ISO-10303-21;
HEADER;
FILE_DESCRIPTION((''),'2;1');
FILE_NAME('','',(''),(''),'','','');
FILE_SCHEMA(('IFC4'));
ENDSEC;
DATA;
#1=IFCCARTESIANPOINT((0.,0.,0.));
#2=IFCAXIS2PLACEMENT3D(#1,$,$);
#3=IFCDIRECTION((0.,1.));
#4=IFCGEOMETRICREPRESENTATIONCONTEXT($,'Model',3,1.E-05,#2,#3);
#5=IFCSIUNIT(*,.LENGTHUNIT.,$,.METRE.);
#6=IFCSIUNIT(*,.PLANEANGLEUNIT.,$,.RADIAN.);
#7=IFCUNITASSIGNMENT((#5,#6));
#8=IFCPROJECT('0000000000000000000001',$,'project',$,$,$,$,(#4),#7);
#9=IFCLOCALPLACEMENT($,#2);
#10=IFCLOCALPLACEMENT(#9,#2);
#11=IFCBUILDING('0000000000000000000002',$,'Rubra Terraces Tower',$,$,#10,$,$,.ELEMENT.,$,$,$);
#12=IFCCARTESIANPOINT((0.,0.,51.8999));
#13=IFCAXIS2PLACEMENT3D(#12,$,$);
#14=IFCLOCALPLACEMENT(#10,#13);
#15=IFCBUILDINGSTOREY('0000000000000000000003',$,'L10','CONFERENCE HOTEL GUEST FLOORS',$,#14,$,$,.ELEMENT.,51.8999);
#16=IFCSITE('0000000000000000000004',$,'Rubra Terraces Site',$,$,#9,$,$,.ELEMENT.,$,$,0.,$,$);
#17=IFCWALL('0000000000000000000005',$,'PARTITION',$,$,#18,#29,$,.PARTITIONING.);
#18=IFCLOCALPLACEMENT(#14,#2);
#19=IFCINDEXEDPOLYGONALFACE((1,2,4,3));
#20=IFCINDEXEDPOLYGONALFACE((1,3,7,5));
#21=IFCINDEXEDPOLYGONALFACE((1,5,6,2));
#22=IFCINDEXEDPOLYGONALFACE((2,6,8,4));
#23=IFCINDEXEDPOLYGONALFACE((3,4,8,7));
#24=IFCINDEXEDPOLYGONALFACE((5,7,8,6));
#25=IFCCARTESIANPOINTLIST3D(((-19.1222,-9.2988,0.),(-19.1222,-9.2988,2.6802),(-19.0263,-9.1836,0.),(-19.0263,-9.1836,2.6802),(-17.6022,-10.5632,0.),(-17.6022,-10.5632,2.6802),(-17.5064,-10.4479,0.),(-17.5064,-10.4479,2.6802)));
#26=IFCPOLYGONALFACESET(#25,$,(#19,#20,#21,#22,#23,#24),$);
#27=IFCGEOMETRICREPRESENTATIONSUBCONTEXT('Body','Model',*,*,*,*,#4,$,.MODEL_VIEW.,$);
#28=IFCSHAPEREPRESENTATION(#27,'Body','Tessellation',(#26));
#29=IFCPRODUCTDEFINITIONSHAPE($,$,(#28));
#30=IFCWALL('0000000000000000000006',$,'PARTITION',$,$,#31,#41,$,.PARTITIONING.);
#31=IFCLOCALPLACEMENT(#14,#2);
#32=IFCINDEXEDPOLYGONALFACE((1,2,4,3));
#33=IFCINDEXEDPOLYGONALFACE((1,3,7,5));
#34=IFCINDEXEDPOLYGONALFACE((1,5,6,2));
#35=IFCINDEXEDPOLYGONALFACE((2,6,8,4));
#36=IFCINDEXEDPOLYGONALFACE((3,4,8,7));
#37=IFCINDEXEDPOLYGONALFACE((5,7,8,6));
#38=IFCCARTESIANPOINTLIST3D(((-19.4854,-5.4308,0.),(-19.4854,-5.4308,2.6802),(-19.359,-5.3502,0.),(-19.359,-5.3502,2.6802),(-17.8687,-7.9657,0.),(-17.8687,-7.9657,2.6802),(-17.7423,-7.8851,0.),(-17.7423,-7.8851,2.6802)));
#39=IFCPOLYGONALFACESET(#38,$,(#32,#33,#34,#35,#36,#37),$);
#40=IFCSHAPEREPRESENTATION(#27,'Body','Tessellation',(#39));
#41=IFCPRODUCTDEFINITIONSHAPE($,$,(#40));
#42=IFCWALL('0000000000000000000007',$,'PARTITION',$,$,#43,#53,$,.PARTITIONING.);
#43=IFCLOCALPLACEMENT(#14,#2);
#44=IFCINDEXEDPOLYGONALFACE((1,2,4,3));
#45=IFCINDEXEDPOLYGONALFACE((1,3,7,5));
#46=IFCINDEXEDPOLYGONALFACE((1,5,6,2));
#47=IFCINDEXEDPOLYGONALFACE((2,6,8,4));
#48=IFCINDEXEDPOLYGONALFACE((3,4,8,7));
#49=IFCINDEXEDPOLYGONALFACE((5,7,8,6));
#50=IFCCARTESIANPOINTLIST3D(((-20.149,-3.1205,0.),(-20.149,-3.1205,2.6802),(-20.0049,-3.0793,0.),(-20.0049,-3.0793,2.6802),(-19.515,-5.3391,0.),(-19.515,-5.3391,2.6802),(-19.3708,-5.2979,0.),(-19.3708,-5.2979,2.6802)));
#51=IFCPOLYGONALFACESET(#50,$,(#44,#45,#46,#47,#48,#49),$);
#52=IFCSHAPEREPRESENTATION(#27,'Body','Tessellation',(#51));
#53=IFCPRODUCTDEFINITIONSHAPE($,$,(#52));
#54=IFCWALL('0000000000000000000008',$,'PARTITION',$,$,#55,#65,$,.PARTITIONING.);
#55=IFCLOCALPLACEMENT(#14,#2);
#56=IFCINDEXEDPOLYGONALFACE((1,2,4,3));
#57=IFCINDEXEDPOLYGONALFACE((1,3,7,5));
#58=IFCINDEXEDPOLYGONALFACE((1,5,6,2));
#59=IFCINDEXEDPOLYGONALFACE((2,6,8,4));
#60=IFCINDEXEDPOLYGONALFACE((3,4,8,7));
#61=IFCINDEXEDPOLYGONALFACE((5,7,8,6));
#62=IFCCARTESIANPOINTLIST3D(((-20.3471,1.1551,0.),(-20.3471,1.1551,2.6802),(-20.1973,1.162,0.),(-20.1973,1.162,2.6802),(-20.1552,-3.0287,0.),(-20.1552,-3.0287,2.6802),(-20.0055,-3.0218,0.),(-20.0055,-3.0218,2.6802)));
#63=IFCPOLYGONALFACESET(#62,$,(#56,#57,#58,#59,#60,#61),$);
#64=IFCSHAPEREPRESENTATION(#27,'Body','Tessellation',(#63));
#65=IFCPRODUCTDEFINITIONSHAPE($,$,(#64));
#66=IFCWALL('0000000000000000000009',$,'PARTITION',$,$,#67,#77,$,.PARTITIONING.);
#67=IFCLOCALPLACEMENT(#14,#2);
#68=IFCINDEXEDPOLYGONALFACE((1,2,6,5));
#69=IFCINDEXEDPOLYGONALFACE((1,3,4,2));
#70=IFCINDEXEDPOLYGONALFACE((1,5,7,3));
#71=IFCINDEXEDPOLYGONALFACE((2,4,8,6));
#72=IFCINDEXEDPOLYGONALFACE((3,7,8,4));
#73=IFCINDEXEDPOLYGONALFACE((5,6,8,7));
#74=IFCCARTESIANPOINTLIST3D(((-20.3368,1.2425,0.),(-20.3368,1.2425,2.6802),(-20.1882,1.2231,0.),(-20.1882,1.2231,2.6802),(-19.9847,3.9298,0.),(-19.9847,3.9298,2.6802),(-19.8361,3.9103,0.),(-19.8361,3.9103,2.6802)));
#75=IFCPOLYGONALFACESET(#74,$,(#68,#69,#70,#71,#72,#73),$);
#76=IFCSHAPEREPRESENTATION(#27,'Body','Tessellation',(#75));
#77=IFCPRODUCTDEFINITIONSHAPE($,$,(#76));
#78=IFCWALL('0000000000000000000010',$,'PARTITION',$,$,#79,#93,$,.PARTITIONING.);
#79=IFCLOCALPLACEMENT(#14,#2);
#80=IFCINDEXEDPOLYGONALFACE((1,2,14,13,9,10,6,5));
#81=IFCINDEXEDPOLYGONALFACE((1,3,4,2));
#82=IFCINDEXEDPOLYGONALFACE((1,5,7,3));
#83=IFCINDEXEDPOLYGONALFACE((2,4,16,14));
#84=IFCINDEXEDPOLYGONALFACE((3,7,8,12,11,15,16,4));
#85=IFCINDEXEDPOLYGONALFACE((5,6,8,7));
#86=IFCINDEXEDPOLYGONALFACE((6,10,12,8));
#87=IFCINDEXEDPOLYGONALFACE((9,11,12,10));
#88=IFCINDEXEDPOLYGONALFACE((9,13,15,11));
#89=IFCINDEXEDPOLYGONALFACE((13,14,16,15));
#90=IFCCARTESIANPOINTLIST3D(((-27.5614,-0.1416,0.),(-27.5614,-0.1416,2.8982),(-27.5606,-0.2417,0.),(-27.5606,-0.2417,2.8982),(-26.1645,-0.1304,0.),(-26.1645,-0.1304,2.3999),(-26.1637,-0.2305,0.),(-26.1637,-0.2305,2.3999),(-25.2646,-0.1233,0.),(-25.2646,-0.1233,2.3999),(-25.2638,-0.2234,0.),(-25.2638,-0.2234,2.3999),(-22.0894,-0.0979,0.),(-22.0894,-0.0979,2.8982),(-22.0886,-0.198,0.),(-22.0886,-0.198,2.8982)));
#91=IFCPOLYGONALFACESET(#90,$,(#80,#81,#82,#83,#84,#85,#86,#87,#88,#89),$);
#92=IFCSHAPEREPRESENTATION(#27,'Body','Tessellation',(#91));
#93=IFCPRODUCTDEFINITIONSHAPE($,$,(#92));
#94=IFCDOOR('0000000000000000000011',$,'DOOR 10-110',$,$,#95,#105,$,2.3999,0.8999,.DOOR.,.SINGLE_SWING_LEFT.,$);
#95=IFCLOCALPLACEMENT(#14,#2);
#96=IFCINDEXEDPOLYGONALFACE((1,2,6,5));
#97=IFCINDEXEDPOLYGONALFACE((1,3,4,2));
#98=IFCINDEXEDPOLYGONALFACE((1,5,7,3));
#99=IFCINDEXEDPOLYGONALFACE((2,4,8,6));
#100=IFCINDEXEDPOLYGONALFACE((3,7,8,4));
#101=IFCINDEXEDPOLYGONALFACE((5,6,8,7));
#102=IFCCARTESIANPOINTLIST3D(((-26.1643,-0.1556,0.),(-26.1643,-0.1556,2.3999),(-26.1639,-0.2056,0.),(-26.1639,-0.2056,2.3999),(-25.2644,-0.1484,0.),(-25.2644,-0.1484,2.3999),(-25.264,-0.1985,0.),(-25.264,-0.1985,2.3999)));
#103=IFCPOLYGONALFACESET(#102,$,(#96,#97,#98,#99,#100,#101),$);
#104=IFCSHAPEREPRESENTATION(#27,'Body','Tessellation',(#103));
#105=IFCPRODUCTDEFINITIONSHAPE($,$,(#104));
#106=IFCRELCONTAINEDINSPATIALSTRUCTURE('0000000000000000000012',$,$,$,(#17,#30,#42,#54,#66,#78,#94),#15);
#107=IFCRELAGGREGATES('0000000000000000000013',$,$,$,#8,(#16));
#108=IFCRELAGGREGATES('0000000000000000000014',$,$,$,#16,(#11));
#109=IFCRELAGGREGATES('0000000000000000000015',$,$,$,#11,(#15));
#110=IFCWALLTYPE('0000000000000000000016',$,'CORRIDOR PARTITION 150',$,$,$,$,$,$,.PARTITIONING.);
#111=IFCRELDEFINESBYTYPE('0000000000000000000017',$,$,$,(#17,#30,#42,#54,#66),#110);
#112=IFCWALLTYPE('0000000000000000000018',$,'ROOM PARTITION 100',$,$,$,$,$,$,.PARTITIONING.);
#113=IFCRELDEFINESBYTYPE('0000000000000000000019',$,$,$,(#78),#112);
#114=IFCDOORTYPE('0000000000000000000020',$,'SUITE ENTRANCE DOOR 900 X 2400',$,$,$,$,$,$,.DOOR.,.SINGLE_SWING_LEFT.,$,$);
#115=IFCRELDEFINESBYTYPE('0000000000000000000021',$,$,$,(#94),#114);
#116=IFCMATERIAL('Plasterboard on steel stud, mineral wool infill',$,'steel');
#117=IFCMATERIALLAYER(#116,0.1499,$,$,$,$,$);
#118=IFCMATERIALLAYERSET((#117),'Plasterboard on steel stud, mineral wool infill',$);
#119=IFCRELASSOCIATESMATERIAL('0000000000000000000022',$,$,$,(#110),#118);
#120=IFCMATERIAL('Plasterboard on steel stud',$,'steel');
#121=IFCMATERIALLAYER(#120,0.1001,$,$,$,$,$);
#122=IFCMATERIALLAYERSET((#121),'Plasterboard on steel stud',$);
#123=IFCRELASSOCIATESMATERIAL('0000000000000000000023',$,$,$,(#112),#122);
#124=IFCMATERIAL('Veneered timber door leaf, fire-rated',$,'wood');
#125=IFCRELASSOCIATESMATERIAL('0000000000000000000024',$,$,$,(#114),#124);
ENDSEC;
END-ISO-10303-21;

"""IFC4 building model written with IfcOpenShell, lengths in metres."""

from ifc_helpers import new_model, si_unit, direction, frame, frame_2d, origin, place, context, subcontext, project, spatial, rectangle, extrude, material, layer, layer_set, type_object, element, fill, save


model = new_model("IFC4")

# Units and contexts
model_context = context("Model", 3, precision=1e-05, world=origin(), true_north=direction((0.0, 1.0)))
body_context = subcontext(model_context, "Body", "Model", "MODEL_VIEW")
ifc_project = project(units=[si_unit("LENGTHUNIT", "METRE"), si_unit("PLANEANGLEUNIT", "RADIAN")], contexts=[model_context])

# Site, building, storey
site_placement = place(None, origin())
site = spatial("IfcSite", under=ifc_project, at=site_placement, Name="Rubra Terraces Site", CompositionType="ELEMENT", RefElevation=0.0)
building_placement = place(site_placement, origin())
building = spatial("IfcBuilding", under=site, at=building_placement, Name="Rubra Terraces Tower", CompositionType="ELEMENT")
storey_placement = place(building_placement, frame((0.0, 0.0, 51.8999)))
storey = spatial("IfcBuildingStorey", under=building, at=storey_placement, Name="L10", Description="CONFERENCE HOTEL GUEST FLOORS", CompositionType="ELEMENT", Elevation=51.8999)

# Shared definitions
ifc_material_1 = material(Name="Plasterboard on steel stud, mineral wool infill", Category="steel")
ifc_layer_1 = layer(ifc_material_1, 0.1499)
ifc_layer_set_1 = layer_set([ifc_layer_1], Name="Plasterboard on steel stud, mineral wool infill")
wall_type_1 = type_object("IfcWallType", Name="CORRIDOR PARTITION 150", PredefinedType="PARTITIONING", material=ifc_layer_set_1)

# Walls
wall_1_placement = place(storey_placement, frame((-19.0742, -9.2412, 0.0), z_axis=(0.0, 0.0, 1.0), x_axis=(0.768788, -0.639504, 0.0)))
element("IfcWall", 1, at=wall_1_placement, inside=storey, type_object=wall_type_1, Name="PARTITION", PredefinedType="PARTITIONING", context=body_context, shape_type="SweptSolid", body=[
    extrude(rectangle(XDim=1.9771, YDim=0.1499, at=frame_2d((0.9885, 0.0))), origin(), (0.0, 0.0, 1.0), 2.6802),
])
wall_2_placement = place(storey_placement, frame((-17.8054, -7.9255, 0.0), z_axis=(0.0, 0.0, 1.0), x_axis=(-0.537721, 0.843123, 0.0)))
element("IfcWall", 2, at=wall_2_placement, inside=storey, type_object=wall_type_1, Name="PARTITION", PredefinedType="PARTITIONING", context=body_context, shape_type="SweptSolid", body=[
    extrude(rectangle(XDim=3.0066, YDim=0.1499, at=frame_2d((1.5034, 0.0))), origin(), (0.0, 0.0, 1.0), 2.6802),
])
wall_3_placement = place(storey_placement, frame((-19.4429, -5.3186, 0.0), z_axis=(0.0, 0.0, 1.0), x_axis=(-0.274791, 0.961504, 0.0)))
element("IfcWall", 3, at=wall_3_placement, inside=storey, type_object=wall_type_1, Name="PARTITION", PredefinedType="PARTITIONING", context=body_context, shape_type="SweptSolid", body=[
    extrude(rectangle(XDim=2.3074, YDim=0.1499, at=frame_2d((1.1538, 0.0))), origin(), (0.0, 0.0, 1.0), 2.6802),
])
wall_4_placement = place(storey_placement, frame((-20.0803, -3.0254, 0.0), z_axis=(0.0, 0.0, 1.0), x_axis=(-0.045818, 0.99895, 0.0)))
element("IfcWall", 4, at=wall_4_placement, inside=storey, type_object=wall_type_1, Name="PARTITION", PredefinedType="PARTITIONING", context=body_context, shape_type="SweptSolid", body=[
    extrude(rectangle(XDim=4.1882, YDim=0.1499, at=frame_2d((2.0942, 0.0))), origin(), (0.0, 0.0, 1.0), 2.6802),
])
wall_5_placement = place(storey_placement, frame((-20.2625, 1.2329, 0.0), z_axis=(0.0, 0.0, 1.0), x_axis=(0.129898, 0.991527, 0.0)))
element("IfcWall", 5, at=wall_5_placement, inside=storey, type_object=wall_type_1, Name="PARTITION", PredefinedType="PARTITIONING", context=body_context, shape_type="SweptSolid", body=[
    extrude(rectangle(XDim=2.7102, YDim=0.1499, at=frame_2d((1.355, 0.0))), origin(), (0.0, 0.0, 1.0), 2.6802),
])

# Wall, opening, door
ifc_material_2 = material(Name="Plasterboard on steel stud", Category="steel")
ifc_layer_2 = layer(ifc_material_2, 0.1001)
ifc_layer_set_2 = layer_set([ifc_layer_2], Name="Plasterboard on steel stud")
wall_type_2 = type_object("IfcWallType", Name="ROOM PARTITION 100", PredefinedType="PARTITIONING", material=ifc_layer_set_2)
wall_6_placement = place(storey_placement, frame((-27.561, -0.1917, 0.0), z_axis=(0.0, 0.0, 1.0), x_axis=(0.999968, 0.007986, 0.0)))
wall_6 = element("IfcWall", 6, at=wall_6_placement, inside=storey, type_object=wall_type_2, Name="PARTITION", PredefinedType="PARTITIONING", context=body_context, shape_type="SweptSolid", body=[
    extrude(rectangle(XDim=5.4722, YDim=0.1001, at=frame_2d((2.7361, 0.0))), origin(), (0.0, 0.0, 1.0), 2.8982),
])
opening_1_placement = place(wall_6_placement, frame((1.397, 0.0, 0.0)))
opening_1 = element("IfcOpeningElement", 7, at=opening_1_placement, cuts=wall_6, PredefinedType="OPENING", context=body_context, shape_type="SweptSolid", body=[
    extrude(rectangle(XDim=0.8999, YDim=2.3999, at=frame_2d((0.45, 1.2))), frame((0.0, 0.0601, 0.0), z_axis=(0.0, -1.0, 0.0), x_axis=(1.0, 0.0, 0.0)), (0.0, 0.0, 1.0), 0.1201),
])
ifc_material_3 = material(Name="Veneered timber door leaf, fire-rated", Category="wood")
door_type_1 = type_object("IfcDoorType", Name="SUITE ENTRANCE DOOR 900 X 2400", OperationType="SINGLE_SWING_LEFT", PredefinedType="DOOR", material=ifc_material_3)
door_1_placement = place(opening_1_placement, origin())
door_1 = element("IfcDoor", 8, at=door_1_placement, inside=storey, type_object=door_type_1, Name="DOOR 10-110", OperationType="SINGLE_SWING_LEFT", OverallHeight=2.3999, OverallWidth=0.8999, PredefinedType="DOOR", context=body_context, shape_type="SweptSolid", body=[
    extrude(rectangle(XDim=0.8999, YDim=2.3999, at=frame_2d((0.45, 1.2))), frame((0.0, 0.0249, 0.0), z_axis=(0.0, -1.0, 0.0), x_axis=(1.0, 0.0, 0.0)), (0.0, 0.0, 1.0), 0.05),
])
fill(opening_1, door_1)

save(model, "model.ifc")
